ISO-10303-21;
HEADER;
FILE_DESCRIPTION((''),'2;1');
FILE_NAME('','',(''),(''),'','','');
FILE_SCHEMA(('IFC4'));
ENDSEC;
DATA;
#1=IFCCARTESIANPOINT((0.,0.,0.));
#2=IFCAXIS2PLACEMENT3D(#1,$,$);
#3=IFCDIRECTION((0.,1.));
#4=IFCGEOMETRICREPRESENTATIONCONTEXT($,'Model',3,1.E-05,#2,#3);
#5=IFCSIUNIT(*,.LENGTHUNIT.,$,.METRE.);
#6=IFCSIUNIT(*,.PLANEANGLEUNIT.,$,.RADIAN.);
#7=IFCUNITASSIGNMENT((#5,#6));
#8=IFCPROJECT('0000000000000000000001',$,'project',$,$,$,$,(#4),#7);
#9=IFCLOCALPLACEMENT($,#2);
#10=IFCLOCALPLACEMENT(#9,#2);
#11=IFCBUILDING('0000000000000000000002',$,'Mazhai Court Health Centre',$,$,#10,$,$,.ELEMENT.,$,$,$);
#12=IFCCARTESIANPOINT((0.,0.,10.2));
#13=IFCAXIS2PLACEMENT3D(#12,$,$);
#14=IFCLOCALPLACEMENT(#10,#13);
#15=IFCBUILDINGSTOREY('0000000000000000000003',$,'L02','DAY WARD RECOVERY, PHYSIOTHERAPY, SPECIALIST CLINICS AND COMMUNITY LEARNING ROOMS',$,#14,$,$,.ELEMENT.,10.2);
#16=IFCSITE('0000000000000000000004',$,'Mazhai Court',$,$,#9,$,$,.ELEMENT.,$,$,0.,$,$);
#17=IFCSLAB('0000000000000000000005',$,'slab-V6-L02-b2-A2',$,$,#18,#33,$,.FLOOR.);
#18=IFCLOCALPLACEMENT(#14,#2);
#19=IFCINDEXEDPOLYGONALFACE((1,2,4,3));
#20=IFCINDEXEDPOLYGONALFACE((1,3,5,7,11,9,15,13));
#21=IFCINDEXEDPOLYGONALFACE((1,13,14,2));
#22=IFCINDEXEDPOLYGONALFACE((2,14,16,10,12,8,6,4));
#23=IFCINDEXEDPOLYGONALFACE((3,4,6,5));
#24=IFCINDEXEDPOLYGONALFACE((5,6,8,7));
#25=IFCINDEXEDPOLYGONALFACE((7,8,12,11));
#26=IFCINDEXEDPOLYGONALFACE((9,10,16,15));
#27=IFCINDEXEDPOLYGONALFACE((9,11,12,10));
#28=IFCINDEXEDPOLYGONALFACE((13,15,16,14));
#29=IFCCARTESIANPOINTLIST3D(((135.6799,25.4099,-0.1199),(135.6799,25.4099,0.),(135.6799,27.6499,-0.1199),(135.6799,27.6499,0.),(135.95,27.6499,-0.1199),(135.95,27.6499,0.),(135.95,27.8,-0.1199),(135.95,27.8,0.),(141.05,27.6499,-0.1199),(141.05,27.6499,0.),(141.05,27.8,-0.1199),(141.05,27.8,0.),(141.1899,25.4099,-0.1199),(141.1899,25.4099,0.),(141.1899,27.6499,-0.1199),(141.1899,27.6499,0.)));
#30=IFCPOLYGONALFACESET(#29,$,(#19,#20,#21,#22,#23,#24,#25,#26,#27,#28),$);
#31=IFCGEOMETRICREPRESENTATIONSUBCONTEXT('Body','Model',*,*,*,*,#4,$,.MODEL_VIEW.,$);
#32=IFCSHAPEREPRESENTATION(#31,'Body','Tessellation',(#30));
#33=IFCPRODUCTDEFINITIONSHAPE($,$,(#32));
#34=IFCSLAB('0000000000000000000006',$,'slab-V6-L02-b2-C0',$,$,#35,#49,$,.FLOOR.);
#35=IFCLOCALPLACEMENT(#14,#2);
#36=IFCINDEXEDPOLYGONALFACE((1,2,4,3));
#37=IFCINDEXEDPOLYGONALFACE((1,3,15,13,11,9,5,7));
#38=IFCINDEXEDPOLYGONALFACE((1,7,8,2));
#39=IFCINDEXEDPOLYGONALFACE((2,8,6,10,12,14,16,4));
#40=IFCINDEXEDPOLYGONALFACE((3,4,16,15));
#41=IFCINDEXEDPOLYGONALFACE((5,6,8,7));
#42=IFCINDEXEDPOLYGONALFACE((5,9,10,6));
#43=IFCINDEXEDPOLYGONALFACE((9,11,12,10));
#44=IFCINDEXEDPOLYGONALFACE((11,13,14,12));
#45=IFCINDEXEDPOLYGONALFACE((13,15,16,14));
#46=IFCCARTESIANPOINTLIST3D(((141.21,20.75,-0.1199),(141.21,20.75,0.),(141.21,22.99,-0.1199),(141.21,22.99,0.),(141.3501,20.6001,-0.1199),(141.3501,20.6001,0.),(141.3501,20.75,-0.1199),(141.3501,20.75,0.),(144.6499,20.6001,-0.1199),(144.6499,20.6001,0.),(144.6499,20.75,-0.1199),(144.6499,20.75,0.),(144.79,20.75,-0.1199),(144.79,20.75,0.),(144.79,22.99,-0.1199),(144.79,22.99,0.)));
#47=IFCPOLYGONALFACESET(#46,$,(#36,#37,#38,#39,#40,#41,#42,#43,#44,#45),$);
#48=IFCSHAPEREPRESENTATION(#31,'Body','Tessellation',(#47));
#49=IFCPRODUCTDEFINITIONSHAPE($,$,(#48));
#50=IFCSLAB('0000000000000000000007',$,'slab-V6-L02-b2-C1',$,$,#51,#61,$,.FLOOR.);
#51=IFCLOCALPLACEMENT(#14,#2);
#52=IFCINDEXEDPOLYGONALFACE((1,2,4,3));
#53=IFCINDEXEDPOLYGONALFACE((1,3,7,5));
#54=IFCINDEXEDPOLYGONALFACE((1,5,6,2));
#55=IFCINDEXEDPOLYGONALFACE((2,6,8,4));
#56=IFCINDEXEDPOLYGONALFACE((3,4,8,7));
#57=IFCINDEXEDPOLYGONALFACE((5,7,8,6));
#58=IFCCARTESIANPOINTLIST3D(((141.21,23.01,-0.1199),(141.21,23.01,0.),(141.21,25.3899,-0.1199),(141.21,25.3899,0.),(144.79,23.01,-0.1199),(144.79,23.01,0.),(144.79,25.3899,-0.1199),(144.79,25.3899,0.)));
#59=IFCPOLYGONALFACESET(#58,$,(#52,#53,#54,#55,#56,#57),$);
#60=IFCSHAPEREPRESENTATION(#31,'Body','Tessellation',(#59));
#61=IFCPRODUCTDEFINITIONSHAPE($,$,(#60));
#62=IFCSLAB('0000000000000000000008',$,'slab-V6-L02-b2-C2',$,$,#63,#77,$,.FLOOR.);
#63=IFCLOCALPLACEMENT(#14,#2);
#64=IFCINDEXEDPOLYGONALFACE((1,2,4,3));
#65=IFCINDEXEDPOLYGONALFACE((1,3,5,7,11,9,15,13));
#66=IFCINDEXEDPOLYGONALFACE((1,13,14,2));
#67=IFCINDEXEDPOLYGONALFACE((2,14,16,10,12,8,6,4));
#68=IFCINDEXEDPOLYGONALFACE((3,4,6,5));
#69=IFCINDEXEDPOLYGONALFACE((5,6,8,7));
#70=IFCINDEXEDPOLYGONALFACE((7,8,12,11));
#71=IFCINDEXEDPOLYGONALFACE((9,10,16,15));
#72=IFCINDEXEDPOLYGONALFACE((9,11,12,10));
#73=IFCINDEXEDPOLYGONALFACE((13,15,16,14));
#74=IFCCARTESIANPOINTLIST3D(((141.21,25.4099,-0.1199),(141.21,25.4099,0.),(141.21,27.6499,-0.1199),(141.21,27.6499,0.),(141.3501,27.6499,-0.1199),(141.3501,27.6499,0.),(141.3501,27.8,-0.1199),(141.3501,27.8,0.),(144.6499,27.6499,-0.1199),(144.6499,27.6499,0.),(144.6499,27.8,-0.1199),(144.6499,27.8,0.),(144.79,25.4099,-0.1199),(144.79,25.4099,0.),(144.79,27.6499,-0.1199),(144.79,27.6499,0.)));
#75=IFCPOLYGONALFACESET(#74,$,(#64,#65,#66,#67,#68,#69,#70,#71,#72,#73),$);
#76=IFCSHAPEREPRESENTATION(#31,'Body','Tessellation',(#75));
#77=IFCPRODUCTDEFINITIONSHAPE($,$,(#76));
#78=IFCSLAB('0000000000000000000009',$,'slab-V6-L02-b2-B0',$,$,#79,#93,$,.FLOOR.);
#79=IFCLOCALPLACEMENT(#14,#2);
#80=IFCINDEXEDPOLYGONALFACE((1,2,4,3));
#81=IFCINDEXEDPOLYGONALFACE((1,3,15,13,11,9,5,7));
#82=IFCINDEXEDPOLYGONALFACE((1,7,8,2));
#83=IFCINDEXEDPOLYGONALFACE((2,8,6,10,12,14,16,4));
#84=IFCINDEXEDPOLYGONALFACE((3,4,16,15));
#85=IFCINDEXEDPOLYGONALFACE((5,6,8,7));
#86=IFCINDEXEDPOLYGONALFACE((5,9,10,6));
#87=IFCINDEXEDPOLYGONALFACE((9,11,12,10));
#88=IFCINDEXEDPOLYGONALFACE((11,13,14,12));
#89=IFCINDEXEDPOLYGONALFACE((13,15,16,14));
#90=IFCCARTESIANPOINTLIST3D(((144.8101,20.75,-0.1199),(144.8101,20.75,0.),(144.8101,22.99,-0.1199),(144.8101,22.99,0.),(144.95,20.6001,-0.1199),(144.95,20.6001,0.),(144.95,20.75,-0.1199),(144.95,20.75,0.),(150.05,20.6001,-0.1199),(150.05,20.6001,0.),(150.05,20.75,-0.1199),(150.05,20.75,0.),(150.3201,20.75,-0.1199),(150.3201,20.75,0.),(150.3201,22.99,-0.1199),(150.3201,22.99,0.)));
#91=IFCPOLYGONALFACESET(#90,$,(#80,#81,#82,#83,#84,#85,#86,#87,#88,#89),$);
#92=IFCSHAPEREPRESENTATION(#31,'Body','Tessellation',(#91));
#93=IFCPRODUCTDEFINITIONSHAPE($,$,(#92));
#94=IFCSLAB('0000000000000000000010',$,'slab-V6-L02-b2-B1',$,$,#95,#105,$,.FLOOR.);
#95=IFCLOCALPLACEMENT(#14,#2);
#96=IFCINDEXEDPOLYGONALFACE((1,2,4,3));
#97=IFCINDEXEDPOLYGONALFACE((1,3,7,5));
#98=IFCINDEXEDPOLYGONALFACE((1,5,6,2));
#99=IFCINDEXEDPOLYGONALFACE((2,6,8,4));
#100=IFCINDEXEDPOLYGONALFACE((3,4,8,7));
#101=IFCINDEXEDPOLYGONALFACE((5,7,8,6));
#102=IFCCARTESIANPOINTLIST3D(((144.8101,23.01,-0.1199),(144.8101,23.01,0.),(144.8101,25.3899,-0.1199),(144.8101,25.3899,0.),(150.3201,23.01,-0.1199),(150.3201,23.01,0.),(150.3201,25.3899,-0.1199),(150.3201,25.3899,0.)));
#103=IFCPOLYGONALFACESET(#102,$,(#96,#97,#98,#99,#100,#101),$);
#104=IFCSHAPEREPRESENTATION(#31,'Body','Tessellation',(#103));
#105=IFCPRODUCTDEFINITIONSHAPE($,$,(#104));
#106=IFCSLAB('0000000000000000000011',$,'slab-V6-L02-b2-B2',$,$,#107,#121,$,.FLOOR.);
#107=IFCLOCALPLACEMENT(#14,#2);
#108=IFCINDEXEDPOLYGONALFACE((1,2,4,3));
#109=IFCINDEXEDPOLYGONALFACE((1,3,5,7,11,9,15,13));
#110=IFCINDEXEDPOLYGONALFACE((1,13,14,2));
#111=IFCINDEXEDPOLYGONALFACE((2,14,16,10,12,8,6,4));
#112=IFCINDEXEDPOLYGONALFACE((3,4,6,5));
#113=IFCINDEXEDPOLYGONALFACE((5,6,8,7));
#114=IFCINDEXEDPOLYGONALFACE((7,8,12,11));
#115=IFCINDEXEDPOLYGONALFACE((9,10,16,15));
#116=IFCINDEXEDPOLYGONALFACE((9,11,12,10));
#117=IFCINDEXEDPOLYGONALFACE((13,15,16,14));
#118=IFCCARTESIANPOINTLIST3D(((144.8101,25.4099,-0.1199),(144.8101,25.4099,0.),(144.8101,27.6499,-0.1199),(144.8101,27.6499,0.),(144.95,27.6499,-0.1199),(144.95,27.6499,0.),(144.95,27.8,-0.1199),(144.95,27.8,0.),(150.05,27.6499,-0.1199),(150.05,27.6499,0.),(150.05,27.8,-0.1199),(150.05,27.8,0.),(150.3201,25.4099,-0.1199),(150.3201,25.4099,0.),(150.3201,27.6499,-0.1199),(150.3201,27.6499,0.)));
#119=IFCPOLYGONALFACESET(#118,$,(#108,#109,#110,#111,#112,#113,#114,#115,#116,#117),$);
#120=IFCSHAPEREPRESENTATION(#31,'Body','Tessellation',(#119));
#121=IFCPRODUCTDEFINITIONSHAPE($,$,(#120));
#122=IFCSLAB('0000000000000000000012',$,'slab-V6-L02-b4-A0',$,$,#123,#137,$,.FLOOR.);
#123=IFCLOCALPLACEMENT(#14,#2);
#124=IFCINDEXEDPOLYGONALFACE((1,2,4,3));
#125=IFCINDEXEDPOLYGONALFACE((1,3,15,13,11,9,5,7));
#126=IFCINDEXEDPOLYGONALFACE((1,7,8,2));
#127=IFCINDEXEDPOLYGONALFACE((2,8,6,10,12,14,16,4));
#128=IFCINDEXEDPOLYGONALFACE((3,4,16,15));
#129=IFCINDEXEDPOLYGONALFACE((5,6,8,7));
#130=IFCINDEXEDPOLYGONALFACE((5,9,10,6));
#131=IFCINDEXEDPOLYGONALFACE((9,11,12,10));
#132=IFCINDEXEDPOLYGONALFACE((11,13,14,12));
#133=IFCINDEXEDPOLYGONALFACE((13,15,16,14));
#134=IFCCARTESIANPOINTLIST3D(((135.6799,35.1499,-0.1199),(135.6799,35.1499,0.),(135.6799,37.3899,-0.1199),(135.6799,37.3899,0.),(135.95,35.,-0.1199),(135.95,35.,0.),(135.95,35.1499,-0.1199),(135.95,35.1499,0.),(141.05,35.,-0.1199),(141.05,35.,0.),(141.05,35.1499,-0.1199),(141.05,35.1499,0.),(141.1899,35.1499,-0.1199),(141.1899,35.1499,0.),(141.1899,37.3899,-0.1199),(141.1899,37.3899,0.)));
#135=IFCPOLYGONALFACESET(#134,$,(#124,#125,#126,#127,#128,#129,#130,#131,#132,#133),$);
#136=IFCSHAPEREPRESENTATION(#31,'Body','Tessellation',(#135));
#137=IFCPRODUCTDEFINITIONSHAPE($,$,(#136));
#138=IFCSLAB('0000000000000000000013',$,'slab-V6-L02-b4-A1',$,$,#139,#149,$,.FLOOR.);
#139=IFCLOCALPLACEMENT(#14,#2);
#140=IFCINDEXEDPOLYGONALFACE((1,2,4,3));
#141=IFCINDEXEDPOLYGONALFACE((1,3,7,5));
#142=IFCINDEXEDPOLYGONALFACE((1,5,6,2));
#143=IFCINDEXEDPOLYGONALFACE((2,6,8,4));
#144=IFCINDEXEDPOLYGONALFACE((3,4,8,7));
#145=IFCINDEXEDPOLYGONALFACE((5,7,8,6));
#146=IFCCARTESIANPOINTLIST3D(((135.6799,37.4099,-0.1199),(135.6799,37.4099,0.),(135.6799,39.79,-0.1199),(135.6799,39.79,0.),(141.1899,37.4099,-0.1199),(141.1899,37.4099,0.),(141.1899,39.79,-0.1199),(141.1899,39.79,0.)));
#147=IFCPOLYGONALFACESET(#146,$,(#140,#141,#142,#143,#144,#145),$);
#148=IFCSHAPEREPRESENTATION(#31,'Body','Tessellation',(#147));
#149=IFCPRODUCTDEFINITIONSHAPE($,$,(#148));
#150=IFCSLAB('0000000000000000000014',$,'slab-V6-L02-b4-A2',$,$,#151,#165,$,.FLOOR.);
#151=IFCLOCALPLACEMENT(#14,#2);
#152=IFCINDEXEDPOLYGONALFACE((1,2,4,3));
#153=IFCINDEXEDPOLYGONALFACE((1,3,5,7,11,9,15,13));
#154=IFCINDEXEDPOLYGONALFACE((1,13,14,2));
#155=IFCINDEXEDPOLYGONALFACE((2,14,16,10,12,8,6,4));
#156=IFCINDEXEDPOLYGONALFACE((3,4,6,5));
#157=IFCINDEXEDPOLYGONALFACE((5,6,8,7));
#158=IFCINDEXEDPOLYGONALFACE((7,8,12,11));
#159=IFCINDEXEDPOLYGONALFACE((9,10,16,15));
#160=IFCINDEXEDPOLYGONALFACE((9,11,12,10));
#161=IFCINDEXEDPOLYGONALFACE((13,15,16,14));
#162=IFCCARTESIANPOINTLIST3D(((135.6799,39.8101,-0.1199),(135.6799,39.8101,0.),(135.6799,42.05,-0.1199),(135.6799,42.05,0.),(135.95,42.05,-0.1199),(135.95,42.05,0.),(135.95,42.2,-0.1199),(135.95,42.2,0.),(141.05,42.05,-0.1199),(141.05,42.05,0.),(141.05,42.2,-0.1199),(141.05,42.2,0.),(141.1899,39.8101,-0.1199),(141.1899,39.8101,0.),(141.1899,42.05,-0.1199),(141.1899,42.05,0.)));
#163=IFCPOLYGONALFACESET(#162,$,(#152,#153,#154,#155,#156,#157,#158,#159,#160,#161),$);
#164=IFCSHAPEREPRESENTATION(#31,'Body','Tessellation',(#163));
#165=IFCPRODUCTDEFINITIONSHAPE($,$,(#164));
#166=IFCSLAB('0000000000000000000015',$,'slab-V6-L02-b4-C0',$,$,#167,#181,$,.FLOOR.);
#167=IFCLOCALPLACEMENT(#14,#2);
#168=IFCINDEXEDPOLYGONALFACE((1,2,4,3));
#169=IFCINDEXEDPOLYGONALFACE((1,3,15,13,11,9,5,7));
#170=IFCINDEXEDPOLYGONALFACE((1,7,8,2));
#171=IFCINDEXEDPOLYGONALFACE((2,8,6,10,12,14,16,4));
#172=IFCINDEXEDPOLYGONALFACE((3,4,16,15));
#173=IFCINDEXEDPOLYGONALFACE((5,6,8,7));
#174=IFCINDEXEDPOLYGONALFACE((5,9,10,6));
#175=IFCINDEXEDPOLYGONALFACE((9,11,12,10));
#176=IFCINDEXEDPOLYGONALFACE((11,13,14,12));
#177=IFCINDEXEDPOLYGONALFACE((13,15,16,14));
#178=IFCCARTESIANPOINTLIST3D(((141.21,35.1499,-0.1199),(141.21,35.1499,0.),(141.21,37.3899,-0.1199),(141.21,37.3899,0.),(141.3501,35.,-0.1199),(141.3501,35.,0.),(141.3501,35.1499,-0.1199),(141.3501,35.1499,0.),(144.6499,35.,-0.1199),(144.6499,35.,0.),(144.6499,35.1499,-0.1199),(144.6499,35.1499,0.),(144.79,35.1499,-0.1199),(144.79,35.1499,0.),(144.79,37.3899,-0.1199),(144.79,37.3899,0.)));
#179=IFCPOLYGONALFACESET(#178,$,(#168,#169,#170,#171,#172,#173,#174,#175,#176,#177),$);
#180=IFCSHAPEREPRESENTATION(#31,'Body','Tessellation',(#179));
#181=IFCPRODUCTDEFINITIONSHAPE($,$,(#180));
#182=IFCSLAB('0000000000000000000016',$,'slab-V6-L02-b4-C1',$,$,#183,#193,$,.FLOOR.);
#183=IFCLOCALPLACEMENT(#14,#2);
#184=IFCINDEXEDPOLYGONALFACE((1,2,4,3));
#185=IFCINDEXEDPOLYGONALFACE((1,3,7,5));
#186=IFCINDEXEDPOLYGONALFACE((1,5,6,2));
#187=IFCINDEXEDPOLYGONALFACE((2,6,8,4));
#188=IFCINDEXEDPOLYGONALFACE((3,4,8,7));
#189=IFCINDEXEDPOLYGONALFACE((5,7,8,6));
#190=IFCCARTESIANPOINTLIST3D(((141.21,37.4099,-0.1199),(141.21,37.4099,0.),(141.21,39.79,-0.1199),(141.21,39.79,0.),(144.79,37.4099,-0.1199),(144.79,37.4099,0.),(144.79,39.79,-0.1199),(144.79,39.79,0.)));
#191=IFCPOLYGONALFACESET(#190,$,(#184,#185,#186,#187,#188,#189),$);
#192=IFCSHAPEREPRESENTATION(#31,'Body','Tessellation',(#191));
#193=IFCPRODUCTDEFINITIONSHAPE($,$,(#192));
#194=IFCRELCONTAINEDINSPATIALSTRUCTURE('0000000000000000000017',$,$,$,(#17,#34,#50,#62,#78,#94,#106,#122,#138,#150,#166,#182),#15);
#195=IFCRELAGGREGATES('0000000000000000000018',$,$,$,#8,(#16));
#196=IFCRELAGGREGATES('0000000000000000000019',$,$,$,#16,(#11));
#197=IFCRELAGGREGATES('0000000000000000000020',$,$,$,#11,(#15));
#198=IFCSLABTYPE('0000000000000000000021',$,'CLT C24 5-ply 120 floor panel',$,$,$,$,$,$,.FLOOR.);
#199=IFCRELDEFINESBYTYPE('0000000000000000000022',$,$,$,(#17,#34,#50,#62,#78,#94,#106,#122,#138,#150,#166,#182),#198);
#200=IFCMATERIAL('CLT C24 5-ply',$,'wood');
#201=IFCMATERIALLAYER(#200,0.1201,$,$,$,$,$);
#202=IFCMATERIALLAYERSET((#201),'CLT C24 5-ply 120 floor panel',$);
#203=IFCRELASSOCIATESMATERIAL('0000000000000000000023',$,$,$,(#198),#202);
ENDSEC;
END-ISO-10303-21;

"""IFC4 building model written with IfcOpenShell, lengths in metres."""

from ifc_helpers import new_model, si_unit, direction, frame, origin, place, context, subcontext, project, spatial, polyline, outline, extrude, material, layer, layer_set, type_object, element, save


model = new_model("IFC4")

# Units and contexts
model_context = context("Model", 3, precision=1e-05, world=origin(), true_north=direction((0.0, 1.0)))
body_context = subcontext(model_context, "Body", "Model", "MODEL_VIEW")
ifc_project = project(units=[si_unit("LENGTHUNIT", "METRE"), si_unit("PLANEANGLEUNIT", "RADIAN")], contexts=[model_context])

# Site, building, storey
site_placement = place(None, origin())
site = spatial("IfcSite", under=ifc_project, at=site_placement, Name="Mazhai Court", CompositionType="ELEMENT", RefElevation=0.0)
building_placement = place(site_placement, origin())
building = spatial("IfcBuilding", under=site, at=building_placement, Name="Mazhai Court Health Centre", CompositionType="ELEMENT")
storey_placement = place(building_placement, frame((0.0, 0.0, 10.2)))
storey = spatial("IfcBuildingStorey", under=building, at=storey_placement, Name="L02", Description="DAY WARD RECOVERY, PHYSIOTHERAPY, SPECIALIST CLINICS AND COMMUNITY LEARNING ROOMS", CompositionType="ELEMENT", Elevation=10.2)

# Slabs
ifc_material = material(Name="CLT C24 5-ply", Category="wood")
ifc_layer = layer(ifc_material, 0.1201)
ifc_layer_set = layer_set([ifc_layer], Name="CLT C24 5-ply 120 floor panel")
slab_type = type_object("IfcSlabType", Name="CLT C24 5-ply 120 floor panel", PredefinedType="FLOOR", material=ifc_layer_set)
slab_1_placement = place(storey_placement, frame((0.0, 0.0, -0.1199)))
element("IfcSlab", 1, at=slab_1_placement, inside=storey, type_object=slab_type, Name="slab-V6-L02-b2-A2", PredefinedType="FLOOR", context=body_context, shape_type="SweptSolid", body=[
    extrude(outline(polyline([(141.1899, 25.4099), (141.1899, 27.6499), (141.05, 27.6499), (141.05, 27.8), (135.95, 27.8), (135.95, 27.6499), (135.6799, 27.6499), (135.6799, 25.4099), (141.1899, 25.4099)])), origin(), (0.0, 0.0, 1.0), 0.1199),
])
slab_2_placement = place(storey_placement, frame((0.0, 0.0, -0.1199)))
element("IfcSlab", 2, at=slab_2_placement, inside=storey, type_object=slab_type, Name="slab-V6-L02-b2-C0", PredefinedType="FLOOR", context=body_context, shape_type="SweptSolid", body=[
    extrude(outline(polyline([(141.21, 22.99), (141.21, 20.75), (141.3501, 20.75), (141.3501, 20.6001), (144.6499, 20.6001), (144.6499, 20.75), (144.79, 20.75), (144.79, 22.99), (141.21, 22.99)])), origin(), (0.0, 0.0, 1.0), 0.1199),
])
slab_3_placement = place(storey_placement, frame((0.0, 0.0, -0.1199)))
element("IfcSlab", 3, at=slab_3_placement, inside=storey, type_object=slab_type, Name="slab-V6-L02-b2-C1", PredefinedType="FLOOR", context=body_context, shape_type="SweptSolid", body=[
    extrude(outline(polyline([(141.21, 23.01), (144.79, 23.01), (144.79, 25.3899), (141.21, 25.3899), (141.21, 23.01)])), origin(), (0.0, 0.0, 1.0), 0.1199),
])
slab_4_placement = place(storey_placement, frame((0.0, 0.0, -0.1199)))
element("IfcSlab", 4, at=slab_4_placement, inside=storey, type_object=slab_type, Name="slab-V6-L02-b2-C2", PredefinedType="FLOOR", context=body_context, shape_type="SweptSolid", body=[
    extrude(outline(polyline([(144.79, 25.4099), (144.79, 27.6499), (144.6499, 27.6499), (144.6499, 27.8), (141.3501, 27.8), (141.3501, 27.6499), (141.21, 27.6499), (141.21, 25.4099), (144.79, 25.4099)])), origin(), (0.0, 0.0, 1.0), 0.1199),
])
slab_5_placement = place(storey_placement, frame((0.0, 0.0, -0.1199)))
element("IfcSlab", 5, at=slab_5_placement, inside=storey, type_object=slab_type, Name="slab-V6-L02-b2-B0", PredefinedType="FLOOR", context=body_context, shape_type="SweptSolid", body=[
    extrude(outline(polyline([(144.8101, 22.99), (144.8101, 20.75), (144.95, 20.75), (144.95, 20.6001), (150.05, 20.6001), (150.05, 20.75), (150.3201, 20.75), (150.3201, 22.99), (144.8101, 22.99)])), origin(), (0.0, 0.0, 1.0), 0.1199),
])
slab_6_placement = place(storey_placement, frame((0.0, 0.0, -0.1199)))
element("IfcSlab", 6, at=slab_6_placement, inside=storey, type_object=slab_type, Name="slab-V6-L02-b2-B1", PredefinedType="FLOOR", context=body_context, shape_type="SweptSolid", body=[
    extrude(outline(polyline([(144.8101, 23.01), (150.3201, 23.01), (150.3201, 25.3899), (144.8101, 25.3899), (144.8101, 23.01)])), origin(), (0.0, 0.0, 1.0), 0.1199),
])
slab_7_placement = place(storey_placement, frame((0.0, 0.0, -0.1199)))
element("IfcSlab", 7, at=slab_7_placement, inside=storey, type_object=slab_type, Name="slab-V6-L02-b2-B2", PredefinedType="FLOOR", context=body_context, shape_type="SweptSolid", body=[
    extrude(outline(polyline([(150.3201, 25.4099), (150.3201, 27.6499), (150.05, 27.6499), (150.05, 27.8), (144.95, 27.8), (144.95, 27.6499), (144.8101, 27.6499), (144.8101, 25.4099), (150.3201, 25.4099)])), origin(), (0.0, 0.0, 1.0), 0.1199),
])
slab_8_placement = place(storey_placement, frame((0.0, 0.0, -0.1199)))
element("IfcSlab", 8, at=slab_8_placement, inside=storey, type_object=slab_type, Name="slab-V6-L02-b4-A0", PredefinedType="FLOOR", context=body_context, shape_type="SweptSolid", body=[
    extrude(outline(polyline([(135.6799, 37.3899), (135.6799, 35.1499), (135.95, 35.1499), (135.95, 35.0), (141.05, 35.0), (141.05, 35.1499), (141.1899, 35.1499), (141.1899, 37.3899), (135.6799, 37.3899)])), origin(), (0.0, 0.0, 1.0), 0.1199),
])
slab_9_placement = place(storey_placement, frame((0.0, 0.0, -0.1199)))
element("IfcSlab", 9, at=slab_9_placement, inside=storey, type_object=slab_type, Name="slab-V6-L02-b4-A1", PredefinedType="FLOOR", context=body_context, shape_type="SweptSolid", body=[
    extrude(outline(polyline([(135.6799, 37.4099), (141.1899, 37.4099), (141.1899, 39.79), (135.6799, 39.79), (135.6799, 37.4099)])), origin(), (0.0, 0.0, 1.0), 0.1199),
])
slab_10_placement = place(storey_placement, frame((0.0, 0.0, -0.1199)))
element("IfcSlab", 10, at=slab_10_placement, inside=storey, type_object=slab_type, Name="slab-V6-L02-b4-A2", PredefinedType="FLOOR", context=body_context, shape_type="SweptSolid", body=[
    extrude(outline(polyline([(141.1899, 39.8101), (141.1899, 42.05), (141.05, 42.05), (141.05, 42.2), (135.95, 42.2), (135.95, 42.05), (135.6799, 42.05), (135.6799, 39.8101), (141.1899, 39.8101)])), origin(), (0.0, 0.0, 1.0), 0.1199),
])
slab_11_placement = place(storey_placement, frame((0.0, 0.0, -0.1199)))
element("IfcSlab", 11, at=slab_11_placement, inside=storey, type_object=slab_type, Name="slab-V6-L02-b4-C0", PredefinedType="FLOOR", context=body_context, shape_type="SweptSolid", body=[
    extrude(outline(polyline([(141.21, 37.3899), (141.21, 35.1499), (141.3501, 35.1499), (141.3501, 35.0), (144.6499, 35.0), (144.6499, 35.1499), (144.79, 35.1499), (144.79, 37.3899), (141.21, 37.3899)])), origin(), (0.0, 0.0, 1.0), 0.1199),
])
slab_12_placement = place(storey_placement, frame((0.0, 0.0, -0.1199)))
element("IfcSlab", 12, at=slab_12_placement, inside=storey, type_object=slab_type, Name="slab-V6-L02-b4-C1", PredefinedType="FLOOR", context=body_context, shape_type="SweptSolid", body=[
    extrude(outline(polyline([(141.21, 37.4099), (144.79, 37.4099), (144.79, 39.79), (141.21, 39.79), (141.21, 37.4099)])), origin(), (0.0, 0.0, 1.0), 0.1199),
])

save(model, "model.ifc")
